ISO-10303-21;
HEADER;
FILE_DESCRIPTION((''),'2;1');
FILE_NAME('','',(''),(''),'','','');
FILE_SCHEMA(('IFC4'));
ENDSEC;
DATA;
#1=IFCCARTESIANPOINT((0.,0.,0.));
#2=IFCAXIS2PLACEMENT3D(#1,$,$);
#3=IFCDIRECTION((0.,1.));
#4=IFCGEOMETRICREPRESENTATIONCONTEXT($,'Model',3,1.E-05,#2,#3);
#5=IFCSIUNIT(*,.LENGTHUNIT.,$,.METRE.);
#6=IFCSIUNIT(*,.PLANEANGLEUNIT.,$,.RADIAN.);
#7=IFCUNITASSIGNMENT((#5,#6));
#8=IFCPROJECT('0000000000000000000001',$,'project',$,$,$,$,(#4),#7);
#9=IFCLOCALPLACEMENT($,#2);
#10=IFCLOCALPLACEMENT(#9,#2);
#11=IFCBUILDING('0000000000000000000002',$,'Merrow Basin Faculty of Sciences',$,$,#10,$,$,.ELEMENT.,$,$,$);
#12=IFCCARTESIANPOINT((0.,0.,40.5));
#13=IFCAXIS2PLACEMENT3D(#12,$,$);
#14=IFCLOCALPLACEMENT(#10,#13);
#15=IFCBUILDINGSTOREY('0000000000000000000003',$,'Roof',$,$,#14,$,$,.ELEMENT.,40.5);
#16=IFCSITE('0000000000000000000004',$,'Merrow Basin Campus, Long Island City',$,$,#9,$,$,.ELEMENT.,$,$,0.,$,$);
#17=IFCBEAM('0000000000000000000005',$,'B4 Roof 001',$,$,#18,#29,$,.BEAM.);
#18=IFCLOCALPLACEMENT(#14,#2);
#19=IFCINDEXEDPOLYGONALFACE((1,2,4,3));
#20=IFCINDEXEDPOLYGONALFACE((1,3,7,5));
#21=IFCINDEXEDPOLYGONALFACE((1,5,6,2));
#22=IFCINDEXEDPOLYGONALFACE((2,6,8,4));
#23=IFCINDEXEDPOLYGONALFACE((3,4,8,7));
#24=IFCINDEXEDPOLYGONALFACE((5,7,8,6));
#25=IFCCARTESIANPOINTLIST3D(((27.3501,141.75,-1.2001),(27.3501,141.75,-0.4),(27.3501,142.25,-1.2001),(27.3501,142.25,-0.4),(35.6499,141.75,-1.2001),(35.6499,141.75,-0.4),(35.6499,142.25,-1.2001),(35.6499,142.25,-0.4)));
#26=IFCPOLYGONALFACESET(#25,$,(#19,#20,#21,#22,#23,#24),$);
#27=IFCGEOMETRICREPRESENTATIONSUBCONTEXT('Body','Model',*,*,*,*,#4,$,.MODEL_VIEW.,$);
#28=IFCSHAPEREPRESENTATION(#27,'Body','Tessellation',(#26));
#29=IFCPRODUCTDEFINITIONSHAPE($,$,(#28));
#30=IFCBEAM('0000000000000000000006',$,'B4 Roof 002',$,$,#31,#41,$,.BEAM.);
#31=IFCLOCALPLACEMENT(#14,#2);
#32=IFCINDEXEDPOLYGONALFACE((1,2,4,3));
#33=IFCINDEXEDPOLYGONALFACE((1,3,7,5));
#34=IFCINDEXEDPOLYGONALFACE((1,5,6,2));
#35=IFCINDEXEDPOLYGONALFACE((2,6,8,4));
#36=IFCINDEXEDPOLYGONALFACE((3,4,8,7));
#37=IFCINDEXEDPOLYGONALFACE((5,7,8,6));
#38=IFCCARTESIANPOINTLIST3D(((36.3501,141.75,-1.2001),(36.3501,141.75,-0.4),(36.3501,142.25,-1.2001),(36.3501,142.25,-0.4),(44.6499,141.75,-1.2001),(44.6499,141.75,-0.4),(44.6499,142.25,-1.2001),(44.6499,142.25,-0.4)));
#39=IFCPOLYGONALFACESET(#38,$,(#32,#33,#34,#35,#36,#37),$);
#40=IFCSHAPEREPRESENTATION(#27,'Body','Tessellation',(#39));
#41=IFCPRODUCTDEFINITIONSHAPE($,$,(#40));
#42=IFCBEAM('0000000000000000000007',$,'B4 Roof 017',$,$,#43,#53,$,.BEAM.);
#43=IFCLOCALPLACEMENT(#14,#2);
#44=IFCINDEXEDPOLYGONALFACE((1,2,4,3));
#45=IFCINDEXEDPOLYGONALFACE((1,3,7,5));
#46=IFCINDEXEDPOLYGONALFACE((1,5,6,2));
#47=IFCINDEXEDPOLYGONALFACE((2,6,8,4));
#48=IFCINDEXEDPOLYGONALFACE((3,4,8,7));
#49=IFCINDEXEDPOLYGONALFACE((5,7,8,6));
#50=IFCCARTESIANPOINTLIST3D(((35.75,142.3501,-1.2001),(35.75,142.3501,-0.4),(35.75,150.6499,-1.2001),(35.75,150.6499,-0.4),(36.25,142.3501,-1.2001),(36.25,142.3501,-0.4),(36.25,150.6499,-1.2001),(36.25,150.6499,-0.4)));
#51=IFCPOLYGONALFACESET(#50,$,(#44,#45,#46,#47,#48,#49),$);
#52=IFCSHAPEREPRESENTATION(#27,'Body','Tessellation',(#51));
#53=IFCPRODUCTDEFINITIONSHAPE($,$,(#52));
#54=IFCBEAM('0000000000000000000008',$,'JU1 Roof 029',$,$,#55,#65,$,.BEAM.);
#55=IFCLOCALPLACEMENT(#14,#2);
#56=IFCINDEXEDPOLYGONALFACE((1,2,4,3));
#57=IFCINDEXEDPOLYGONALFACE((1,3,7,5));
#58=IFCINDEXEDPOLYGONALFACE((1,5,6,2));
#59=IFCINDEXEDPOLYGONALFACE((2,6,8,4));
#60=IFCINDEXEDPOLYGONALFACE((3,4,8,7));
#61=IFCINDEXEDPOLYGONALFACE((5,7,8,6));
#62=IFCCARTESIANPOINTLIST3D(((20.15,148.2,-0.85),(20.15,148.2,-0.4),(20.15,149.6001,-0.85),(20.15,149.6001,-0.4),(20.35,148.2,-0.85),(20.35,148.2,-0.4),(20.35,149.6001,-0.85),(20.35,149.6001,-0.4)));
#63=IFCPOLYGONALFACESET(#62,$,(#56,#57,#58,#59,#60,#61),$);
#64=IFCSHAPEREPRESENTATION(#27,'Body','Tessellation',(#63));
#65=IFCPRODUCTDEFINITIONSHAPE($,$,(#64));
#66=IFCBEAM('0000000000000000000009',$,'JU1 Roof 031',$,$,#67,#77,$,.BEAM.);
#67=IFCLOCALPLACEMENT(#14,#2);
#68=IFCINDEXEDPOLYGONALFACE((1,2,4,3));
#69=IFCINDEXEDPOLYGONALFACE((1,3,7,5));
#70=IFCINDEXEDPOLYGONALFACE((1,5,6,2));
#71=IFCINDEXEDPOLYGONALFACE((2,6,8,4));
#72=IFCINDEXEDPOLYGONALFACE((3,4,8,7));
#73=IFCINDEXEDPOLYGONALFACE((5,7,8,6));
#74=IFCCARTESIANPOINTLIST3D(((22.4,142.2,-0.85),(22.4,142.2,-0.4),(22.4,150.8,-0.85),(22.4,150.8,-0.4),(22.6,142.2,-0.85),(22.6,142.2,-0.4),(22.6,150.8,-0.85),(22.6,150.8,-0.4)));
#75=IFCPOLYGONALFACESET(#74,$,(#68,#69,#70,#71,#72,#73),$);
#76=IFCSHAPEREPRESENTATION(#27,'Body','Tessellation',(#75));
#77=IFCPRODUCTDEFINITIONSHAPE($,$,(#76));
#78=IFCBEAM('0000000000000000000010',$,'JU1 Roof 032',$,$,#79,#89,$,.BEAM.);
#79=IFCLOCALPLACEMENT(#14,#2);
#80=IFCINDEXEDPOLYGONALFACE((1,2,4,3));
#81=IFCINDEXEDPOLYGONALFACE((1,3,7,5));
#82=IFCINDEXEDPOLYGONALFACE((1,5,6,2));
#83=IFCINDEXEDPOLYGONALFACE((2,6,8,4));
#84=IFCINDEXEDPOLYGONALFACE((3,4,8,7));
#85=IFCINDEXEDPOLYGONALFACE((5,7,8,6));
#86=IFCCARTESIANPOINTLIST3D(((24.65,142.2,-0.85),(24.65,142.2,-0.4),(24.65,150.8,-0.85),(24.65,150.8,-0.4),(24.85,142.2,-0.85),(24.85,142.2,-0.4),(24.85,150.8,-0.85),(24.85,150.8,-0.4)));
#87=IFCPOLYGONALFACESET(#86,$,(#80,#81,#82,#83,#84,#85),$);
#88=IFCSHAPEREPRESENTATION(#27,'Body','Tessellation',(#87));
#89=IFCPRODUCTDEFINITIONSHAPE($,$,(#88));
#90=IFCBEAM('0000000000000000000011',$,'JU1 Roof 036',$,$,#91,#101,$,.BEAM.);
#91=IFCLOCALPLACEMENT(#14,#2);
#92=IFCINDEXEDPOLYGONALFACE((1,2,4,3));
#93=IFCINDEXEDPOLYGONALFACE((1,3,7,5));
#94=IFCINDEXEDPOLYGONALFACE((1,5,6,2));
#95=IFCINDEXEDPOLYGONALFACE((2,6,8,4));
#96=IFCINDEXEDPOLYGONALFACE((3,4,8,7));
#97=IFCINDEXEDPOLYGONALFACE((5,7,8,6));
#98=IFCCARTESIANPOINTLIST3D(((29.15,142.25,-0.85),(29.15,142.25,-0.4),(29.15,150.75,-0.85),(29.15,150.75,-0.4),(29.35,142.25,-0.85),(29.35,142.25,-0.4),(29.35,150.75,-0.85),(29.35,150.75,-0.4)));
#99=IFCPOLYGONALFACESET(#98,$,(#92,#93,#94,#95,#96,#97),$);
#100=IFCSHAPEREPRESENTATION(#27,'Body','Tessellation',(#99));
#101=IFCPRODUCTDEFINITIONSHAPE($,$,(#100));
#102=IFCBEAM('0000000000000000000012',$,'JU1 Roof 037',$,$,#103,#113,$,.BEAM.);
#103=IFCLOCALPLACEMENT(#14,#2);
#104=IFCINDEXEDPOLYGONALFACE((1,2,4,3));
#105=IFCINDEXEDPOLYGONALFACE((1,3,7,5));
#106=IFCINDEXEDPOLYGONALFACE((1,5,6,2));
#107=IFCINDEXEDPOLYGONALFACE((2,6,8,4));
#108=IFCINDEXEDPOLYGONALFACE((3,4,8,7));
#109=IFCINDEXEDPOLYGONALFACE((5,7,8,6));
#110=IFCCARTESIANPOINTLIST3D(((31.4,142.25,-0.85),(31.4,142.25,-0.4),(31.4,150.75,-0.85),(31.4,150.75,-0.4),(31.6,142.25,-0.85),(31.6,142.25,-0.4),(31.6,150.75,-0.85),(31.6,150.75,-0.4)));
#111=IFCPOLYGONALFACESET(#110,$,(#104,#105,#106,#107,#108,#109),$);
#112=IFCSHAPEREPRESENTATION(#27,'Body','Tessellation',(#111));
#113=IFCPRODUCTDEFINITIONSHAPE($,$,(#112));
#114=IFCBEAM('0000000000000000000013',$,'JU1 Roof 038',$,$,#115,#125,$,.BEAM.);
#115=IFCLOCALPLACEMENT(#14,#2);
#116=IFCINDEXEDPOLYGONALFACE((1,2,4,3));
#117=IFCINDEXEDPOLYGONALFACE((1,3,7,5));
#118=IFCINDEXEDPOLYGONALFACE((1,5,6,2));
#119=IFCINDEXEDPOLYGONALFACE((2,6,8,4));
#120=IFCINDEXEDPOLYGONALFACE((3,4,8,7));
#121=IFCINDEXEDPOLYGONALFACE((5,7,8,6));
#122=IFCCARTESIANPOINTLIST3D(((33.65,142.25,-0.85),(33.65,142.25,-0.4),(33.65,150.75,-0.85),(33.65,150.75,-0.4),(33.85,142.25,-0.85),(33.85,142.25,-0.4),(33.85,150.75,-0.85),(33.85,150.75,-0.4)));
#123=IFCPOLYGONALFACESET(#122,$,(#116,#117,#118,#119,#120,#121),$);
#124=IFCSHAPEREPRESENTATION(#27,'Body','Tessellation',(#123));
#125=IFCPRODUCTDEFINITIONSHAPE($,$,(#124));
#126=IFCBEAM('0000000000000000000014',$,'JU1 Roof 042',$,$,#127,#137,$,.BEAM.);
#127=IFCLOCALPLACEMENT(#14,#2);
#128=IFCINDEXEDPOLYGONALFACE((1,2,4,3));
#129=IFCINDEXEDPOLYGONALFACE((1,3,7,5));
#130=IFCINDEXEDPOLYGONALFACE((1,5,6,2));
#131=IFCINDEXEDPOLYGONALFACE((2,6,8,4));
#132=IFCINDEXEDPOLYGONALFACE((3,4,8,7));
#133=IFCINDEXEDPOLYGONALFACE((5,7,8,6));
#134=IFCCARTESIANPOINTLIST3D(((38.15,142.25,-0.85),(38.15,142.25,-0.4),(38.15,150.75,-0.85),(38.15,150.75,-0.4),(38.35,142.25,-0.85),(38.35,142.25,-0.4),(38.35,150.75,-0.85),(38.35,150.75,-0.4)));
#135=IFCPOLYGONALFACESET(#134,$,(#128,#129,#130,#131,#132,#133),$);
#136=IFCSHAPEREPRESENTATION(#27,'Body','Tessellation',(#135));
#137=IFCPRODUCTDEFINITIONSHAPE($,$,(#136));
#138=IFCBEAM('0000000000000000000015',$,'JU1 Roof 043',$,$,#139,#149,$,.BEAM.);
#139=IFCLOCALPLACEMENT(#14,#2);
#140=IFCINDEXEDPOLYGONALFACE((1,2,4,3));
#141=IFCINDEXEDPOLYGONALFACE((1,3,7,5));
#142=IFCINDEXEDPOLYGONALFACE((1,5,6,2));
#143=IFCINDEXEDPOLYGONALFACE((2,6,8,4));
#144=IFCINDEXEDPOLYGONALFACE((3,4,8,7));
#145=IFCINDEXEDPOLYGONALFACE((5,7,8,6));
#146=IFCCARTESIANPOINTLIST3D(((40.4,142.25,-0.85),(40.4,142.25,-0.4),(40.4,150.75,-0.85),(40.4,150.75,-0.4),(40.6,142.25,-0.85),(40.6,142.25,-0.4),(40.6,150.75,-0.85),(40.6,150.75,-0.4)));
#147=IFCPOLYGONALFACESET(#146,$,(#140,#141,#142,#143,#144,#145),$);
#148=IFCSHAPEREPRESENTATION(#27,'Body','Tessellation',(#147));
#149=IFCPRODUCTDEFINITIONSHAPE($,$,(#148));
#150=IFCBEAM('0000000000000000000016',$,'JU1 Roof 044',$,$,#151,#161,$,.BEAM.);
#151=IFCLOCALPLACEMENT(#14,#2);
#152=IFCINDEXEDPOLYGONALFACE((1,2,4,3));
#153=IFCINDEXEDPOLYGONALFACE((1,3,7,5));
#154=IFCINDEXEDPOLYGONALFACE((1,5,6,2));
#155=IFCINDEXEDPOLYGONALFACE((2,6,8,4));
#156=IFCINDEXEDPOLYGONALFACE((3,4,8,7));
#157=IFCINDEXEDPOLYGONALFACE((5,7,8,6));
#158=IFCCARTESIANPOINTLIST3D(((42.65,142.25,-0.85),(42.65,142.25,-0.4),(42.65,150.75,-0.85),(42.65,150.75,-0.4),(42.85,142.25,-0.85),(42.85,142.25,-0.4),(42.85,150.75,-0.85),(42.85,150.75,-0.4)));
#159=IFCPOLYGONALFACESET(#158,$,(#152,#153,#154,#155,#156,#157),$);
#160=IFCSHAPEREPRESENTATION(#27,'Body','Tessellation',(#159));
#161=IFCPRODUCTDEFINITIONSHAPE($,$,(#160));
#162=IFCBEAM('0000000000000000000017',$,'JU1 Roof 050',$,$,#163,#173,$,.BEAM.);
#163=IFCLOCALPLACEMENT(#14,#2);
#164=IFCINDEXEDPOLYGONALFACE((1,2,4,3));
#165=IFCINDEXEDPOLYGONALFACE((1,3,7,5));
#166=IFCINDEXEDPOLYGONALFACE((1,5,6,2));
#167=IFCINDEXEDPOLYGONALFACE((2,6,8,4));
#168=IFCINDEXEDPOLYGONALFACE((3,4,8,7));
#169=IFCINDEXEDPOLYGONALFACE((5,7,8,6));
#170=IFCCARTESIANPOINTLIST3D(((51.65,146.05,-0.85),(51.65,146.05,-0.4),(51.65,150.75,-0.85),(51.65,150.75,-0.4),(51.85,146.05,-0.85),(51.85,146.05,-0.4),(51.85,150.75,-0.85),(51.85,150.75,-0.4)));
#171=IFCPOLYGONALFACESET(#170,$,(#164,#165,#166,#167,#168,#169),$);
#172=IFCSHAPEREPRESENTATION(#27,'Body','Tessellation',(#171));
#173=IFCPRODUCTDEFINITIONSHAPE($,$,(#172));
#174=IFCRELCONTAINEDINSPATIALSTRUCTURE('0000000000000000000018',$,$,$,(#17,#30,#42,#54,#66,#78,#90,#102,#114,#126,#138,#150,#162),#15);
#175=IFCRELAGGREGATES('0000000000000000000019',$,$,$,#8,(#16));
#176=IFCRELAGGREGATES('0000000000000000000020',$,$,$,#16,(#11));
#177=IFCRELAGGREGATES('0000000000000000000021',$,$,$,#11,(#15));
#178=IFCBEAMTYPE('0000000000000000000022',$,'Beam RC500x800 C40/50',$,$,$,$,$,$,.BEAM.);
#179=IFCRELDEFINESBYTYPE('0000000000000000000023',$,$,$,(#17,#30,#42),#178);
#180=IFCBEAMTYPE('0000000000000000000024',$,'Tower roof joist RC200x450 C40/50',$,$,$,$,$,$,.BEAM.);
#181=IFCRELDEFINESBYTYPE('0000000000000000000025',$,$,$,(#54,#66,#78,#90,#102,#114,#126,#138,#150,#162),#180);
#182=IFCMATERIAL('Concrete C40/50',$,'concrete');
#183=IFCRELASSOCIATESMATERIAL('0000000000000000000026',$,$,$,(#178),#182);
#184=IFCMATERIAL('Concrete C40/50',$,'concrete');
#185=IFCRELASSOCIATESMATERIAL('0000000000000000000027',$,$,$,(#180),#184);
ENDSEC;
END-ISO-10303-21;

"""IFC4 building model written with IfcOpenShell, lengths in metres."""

from ifc_helpers import new_model, si_unit, direction, frame, origin, origin_2d, place, context, subcontext, project, spatial, rectangle, extrude, material, material_profile, profile_set, type_object, element, save


model = new_model("IFC4")

# Units and contexts
model_context = context("Model", 3, precision=1e-05, world=origin(), true_north=direction((0.0, 1.0)))
body_context = subcontext(model_context, "Body", "Model", "MODEL_VIEW")
ifc_project = project(units=[si_unit("LENGTHUNIT", "METRE"), si_unit("PLANEANGLEUNIT", "RADIAN")], contexts=[model_context])

# Site, building, storey
site_placement = place(None, origin())
site = spatial("IfcSite", under=ifc_project, at=site_placement, Name="Merrow Basin Campus, Long Island City", CompositionType="ELEMENT", RefElevation=0.0)
building_placement = place(site_placement, origin())
building = spatial("IfcBuilding", under=site, at=building_placement, Name="Merrow Basin Faculty of Sciences", CompositionType="ELEMENT")
storey_placement = place(building_placement, frame((0.0, 0.0, 40.5)))
storey = spatial("IfcBuildingStorey", under=building, at=storey_placement, Name="Roof", CompositionType="ELEMENT", Elevation=40.5)

# Beams
ifc_material_1 = material(Name="Concrete C40/50", Category="concrete")
ifc_material_profile_1 = material_profile(ifc_material_1, rectangle(XDim=0.5, YDim=0.8, at=origin_2d()))
ifc_profile_set_1 = profile_set([ifc_material_profile_1], Name="Concrete C40/50")
beam_type_1 = type_object("IfcBeamType", Name="Beam RC500x800 C40/50", PredefinedType="BEAM", material=ifc_profile_set_1)
for number, where, z_axis, x_axis, name in (
    (1, (27.3501, 142.0, -0.8), (1.0, 0.0, 0.0), (0.0, 1.0, 0.0), "B4 Roof 001"),
    (2, (36.3501, 142.0, -0.8), (1.0, 0.0, 0.0), (0.0, 1.0, 0.0), "B4 Roof 002"),
    (3, (36.0, 142.3501, -0.8), (0.0, 1.0, 0.0), (-1.0, 0.0, 0.0), "B4 Roof 017"),
):
    element("IfcBeam", number, at=place(storey_placement, frame(where, z_axis=z_axis, x_axis=x_axis)), inside=storey, type_object=beam_type_1, Name=name, PredefinedType="BEAM", context=body_context, shape_type="SweptSolid", body=[
        extrude(rectangle(XDim=0.5, YDim=0.8, at=origin_2d()), origin(), (0.0, 0.0, 1.0), 8.2998),
    ])
ifc_material_2 = material(Name="Concrete C40/50", Category="concrete")
ifc_material_profile_2 = material_profile(ifc_material_2, rectangle(XDim=0.2, YDim=0.45, at=origin_2d()))
ifc_profile_set_2 = profile_set([ifc_material_profile_2], Name="Concrete C40/50")
beam_type_2 = type_object("IfcBeamType", Name="Tower roof joist RC200x450 C40/50", PredefinedType="BEAM", material=ifc_profile_set_2)
beam_1_placement = place(storey_placement, frame((20.25, 148.2, -0.625), z_axis=(0.0, 1.0, 0.0), x_axis=(-1.0, 0.0, 0.0)))
element("IfcBeam", 4, at=beam_1_placement, inside=storey, type_object=beam_type_2, Name="JU1 Roof 029", PredefinedType="BEAM", context=body_context, shape_type="SweptSolid", body=[
    extrude(rectangle(XDim=0.2, YDim=0.45, at=origin_2d()), origin(), (0.0, 0.0, 1.0), 1.4001),
])
for number, where, z_axis, x_axis, name in (
    (5, (22.5, 142.2, -0.625), (0.0, 1.0, 0.0), (-1.0, 0.0, 0.0), "JU1 Roof 031"),
    (6, (24.75, 142.2, -0.625), (0.0, 1.0, 0.0), (-1.0, 0.0, 0.0), "JU1 Roof 032"),
):
    element("IfcBeam", number, at=place(storey_placement, frame(where, z_axis=z_axis, x_axis=x_axis)), inside=storey, type_object=beam_type_2, Name=name, PredefinedType="BEAM", context=body_context, shape_type="SweptSolid", body=[
        extrude(rectangle(XDim=0.2, YDim=0.45, at=origin_2d()), origin(), (0.0, 0.0, 1.0), 8.6001),
    ])
for number, where, z_axis, x_axis, name in (
    (7, (29.25, 142.25, -0.625), (0.0, 1.0, 0.0), (-1.0, 0.0, 0.0), "JU1 Roof 036"),
    (8, (31.5, 142.25, -0.625), (0.0, 1.0, 0.0), (-1.0, 0.0, 0.0), "JU1 Roof 037"),
    (9, (33.75, 142.25, -0.625), (0.0, 1.0, 0.0), (-1.0, 0.0, 0.0), "JU1 Roof 038"),
    (10, (38.25, 142.25, -0.625), (0.0, 1.0, 0.0), (-1.0, 0.0, 0.0), "JU1 Roof 042"),
    (11, (40.5, 142.25, -0.625), (0.0, 1.0, 0.0), (-1.0, 0.0, 0.0), "JU1 Roof 043"),
    (12, (42.75, 142.25, -0.625), (0.0, 1.0, 0.0), (-1.0, 0.0, 0.0), "JU1 Roof 044"),
):
    element("IfcBeam", number, at=place(storey_placement, frame(where, z_axis=z_axis, x_axis=x_axis)), inside=storey, type_object=beam_type_2, Name=name, PredefinedType="BEAM", context=body_context, shape_type="SweptSolid", body=[
        extrude(rectangle(XDim=0.2, YDim=0.45, at=origin_2d()), origin(), (0.0, 0.0, 1.0), 8.5),
    ])
beam_2_placement = place(storey_placement, frame((51.75, 146.05, -0.625), z_axis=(0.0, 1.0, 0.0), x_axis=(-1.0, 0.0, 0.0)))
element("IfcBeam", 13, at=beam_2_placement, inside=storey, type_object=beam_type_2, Name="JU1 Roof 050", PredefinedType="BEAM", context=body_context, shape_type="SweptSolid", body=[
    extrude(rectangle(XDim=0.2, YDim=0.45, at=origin_2d()), origin(), (0.0, 0.0, 1.0), 4.7),
])

save(model, "model.ifc")
